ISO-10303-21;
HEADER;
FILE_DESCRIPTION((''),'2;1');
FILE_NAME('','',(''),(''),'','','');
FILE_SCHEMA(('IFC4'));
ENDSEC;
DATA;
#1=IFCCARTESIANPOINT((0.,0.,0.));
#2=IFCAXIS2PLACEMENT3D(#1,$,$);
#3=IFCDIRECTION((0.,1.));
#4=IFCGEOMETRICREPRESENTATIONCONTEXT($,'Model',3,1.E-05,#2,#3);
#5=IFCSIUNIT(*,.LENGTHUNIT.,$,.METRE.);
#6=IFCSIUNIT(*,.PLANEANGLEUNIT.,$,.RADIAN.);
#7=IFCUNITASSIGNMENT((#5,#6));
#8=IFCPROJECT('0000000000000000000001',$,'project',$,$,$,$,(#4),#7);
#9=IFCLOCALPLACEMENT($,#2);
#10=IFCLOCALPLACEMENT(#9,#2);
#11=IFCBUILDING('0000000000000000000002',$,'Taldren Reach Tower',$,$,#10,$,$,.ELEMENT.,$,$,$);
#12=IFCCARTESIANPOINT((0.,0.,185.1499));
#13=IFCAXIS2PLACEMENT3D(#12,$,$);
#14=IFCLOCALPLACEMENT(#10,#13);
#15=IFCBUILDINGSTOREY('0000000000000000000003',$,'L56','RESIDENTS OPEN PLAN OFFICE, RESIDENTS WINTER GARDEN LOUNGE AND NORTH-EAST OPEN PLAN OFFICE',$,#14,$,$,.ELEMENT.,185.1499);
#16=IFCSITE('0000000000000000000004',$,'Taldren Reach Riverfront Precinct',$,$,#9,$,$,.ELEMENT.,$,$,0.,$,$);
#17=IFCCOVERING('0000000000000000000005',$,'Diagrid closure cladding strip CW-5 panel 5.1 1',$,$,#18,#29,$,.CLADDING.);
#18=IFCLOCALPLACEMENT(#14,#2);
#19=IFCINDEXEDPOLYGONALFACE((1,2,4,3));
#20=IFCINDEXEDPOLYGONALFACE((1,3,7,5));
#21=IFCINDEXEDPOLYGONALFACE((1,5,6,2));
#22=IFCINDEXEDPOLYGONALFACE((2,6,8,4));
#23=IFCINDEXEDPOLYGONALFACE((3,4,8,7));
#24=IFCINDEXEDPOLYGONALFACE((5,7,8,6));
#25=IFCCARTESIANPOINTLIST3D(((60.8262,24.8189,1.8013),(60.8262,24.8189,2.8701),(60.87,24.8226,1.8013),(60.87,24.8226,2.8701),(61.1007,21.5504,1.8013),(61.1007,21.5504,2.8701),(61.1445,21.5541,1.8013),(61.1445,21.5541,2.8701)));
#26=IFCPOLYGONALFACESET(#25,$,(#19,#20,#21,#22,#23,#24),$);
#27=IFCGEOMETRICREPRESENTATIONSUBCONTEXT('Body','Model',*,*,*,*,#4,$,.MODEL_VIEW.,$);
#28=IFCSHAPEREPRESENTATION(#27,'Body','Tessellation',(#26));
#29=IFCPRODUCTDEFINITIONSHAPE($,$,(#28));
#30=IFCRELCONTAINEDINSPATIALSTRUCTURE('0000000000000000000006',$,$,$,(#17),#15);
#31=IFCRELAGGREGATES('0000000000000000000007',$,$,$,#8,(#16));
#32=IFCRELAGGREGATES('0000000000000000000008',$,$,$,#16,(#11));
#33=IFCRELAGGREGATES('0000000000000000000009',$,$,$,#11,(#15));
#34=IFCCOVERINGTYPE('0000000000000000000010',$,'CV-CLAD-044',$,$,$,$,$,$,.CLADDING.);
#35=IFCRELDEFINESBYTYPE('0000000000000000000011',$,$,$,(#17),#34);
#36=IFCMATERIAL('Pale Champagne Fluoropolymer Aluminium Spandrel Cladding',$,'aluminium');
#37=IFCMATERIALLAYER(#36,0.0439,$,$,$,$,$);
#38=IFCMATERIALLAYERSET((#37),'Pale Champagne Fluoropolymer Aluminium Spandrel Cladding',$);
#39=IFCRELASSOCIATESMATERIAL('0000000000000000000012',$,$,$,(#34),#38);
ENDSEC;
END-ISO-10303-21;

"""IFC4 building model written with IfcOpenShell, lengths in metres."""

from ifc_helpers import new_model, si_unit, direction, frame, origin, origin_2d, place, context, subcontext, project, spatial, rectangle, extrude, source, transform, mapped, material, layer, layer_set, type_object, element, save


model = new_model("IFC4")

# Units and contexts
model_context = context("Model", 3, precision=1e-05, world=origin(), true_north=direction((0.0, 1.0)))
body_context = subcontext(model_context, "Body", "Model", "MODEL_VIEW")
ifc_project = project(units=[si_unit("LENGTHUNIT", "METRE"), si_unit("PLANEANGLEUNIT", "RADIAN")], contexts=[model_context])

# Site, building, storey
site_placement = place(None, origin())
site = spatial("IfcSite", under=ifc_project, at=site_placement, Name="Taldren Reach Riverfront Precinct", CompositionType="ELEMENT", RefElevation=0.0)
building_placement = place(site_placement, origin())
building = spatial("IfcBuilding", under=site, at=building_placement, Name="Taldren Reach Tower", CompositionType="ELEMENT")
storey_placement = place(building_placement, frame((0.0, 0.0, 185.1499)))
storey = spatial("IfcBuildingStorey", under=building, at=storey_placement, Name="L56", Description="RESIDENTS OPEN PLAN OFFICE, RESIDENTS WINTER GARDEN LOUNGE AND NORTH-EAST OPEN PLAN OFFICE", CompositionType="ELEMENT", Elevation=185.1499)

# Covering
ifc_material_1 = material(Name="Pale Champagne Fluoropolymer Aluminium Spandrel Cladding", Category="aluminium")
ifc_layer_1 = layer(ifc_material_1, 0.0439)
ifc_layer_set_1 = layer_set([ifc_layer_1], Name="Pale Champagne Fluoropolymer Aluminium Spandrel Cladding")
covering_type = type_object("IfcCoveringType", Name="CV-CLAD-044", PredefinedType="CLADDING", material=ifc_layer_set_1)
shared_shape_1 = source(origin(), body_context, "Body", "SweptSolid", [
    extrude(rectangle(XDim=3.28, YDim=0.0439, at=origin_2d()), origin(), (0.0, 0.0, 1.0), 1.0688),
])
covering_1_placement = place(storey_placement, frame((60.9854, 23.1865, 1.8013), z_axis=(0.0, 0.0, 1.0), x_axis=(-0.083678, 0.996493, 0.0)))
element("IfcCovering", 1, at=covering_1_placement, inside=storey, type_object=covering_type, Name="Diagrid closure cladding strip CW-5 panel 5.1 1", PredefinedType="CLADDING", context=body_context, shape_type="MappedRepresentation", body=[
    mapped(shared_shape_1, transform((0.0, 0.0, 0.0), scale=1.0)),
])

save(model, "model.ifc")
